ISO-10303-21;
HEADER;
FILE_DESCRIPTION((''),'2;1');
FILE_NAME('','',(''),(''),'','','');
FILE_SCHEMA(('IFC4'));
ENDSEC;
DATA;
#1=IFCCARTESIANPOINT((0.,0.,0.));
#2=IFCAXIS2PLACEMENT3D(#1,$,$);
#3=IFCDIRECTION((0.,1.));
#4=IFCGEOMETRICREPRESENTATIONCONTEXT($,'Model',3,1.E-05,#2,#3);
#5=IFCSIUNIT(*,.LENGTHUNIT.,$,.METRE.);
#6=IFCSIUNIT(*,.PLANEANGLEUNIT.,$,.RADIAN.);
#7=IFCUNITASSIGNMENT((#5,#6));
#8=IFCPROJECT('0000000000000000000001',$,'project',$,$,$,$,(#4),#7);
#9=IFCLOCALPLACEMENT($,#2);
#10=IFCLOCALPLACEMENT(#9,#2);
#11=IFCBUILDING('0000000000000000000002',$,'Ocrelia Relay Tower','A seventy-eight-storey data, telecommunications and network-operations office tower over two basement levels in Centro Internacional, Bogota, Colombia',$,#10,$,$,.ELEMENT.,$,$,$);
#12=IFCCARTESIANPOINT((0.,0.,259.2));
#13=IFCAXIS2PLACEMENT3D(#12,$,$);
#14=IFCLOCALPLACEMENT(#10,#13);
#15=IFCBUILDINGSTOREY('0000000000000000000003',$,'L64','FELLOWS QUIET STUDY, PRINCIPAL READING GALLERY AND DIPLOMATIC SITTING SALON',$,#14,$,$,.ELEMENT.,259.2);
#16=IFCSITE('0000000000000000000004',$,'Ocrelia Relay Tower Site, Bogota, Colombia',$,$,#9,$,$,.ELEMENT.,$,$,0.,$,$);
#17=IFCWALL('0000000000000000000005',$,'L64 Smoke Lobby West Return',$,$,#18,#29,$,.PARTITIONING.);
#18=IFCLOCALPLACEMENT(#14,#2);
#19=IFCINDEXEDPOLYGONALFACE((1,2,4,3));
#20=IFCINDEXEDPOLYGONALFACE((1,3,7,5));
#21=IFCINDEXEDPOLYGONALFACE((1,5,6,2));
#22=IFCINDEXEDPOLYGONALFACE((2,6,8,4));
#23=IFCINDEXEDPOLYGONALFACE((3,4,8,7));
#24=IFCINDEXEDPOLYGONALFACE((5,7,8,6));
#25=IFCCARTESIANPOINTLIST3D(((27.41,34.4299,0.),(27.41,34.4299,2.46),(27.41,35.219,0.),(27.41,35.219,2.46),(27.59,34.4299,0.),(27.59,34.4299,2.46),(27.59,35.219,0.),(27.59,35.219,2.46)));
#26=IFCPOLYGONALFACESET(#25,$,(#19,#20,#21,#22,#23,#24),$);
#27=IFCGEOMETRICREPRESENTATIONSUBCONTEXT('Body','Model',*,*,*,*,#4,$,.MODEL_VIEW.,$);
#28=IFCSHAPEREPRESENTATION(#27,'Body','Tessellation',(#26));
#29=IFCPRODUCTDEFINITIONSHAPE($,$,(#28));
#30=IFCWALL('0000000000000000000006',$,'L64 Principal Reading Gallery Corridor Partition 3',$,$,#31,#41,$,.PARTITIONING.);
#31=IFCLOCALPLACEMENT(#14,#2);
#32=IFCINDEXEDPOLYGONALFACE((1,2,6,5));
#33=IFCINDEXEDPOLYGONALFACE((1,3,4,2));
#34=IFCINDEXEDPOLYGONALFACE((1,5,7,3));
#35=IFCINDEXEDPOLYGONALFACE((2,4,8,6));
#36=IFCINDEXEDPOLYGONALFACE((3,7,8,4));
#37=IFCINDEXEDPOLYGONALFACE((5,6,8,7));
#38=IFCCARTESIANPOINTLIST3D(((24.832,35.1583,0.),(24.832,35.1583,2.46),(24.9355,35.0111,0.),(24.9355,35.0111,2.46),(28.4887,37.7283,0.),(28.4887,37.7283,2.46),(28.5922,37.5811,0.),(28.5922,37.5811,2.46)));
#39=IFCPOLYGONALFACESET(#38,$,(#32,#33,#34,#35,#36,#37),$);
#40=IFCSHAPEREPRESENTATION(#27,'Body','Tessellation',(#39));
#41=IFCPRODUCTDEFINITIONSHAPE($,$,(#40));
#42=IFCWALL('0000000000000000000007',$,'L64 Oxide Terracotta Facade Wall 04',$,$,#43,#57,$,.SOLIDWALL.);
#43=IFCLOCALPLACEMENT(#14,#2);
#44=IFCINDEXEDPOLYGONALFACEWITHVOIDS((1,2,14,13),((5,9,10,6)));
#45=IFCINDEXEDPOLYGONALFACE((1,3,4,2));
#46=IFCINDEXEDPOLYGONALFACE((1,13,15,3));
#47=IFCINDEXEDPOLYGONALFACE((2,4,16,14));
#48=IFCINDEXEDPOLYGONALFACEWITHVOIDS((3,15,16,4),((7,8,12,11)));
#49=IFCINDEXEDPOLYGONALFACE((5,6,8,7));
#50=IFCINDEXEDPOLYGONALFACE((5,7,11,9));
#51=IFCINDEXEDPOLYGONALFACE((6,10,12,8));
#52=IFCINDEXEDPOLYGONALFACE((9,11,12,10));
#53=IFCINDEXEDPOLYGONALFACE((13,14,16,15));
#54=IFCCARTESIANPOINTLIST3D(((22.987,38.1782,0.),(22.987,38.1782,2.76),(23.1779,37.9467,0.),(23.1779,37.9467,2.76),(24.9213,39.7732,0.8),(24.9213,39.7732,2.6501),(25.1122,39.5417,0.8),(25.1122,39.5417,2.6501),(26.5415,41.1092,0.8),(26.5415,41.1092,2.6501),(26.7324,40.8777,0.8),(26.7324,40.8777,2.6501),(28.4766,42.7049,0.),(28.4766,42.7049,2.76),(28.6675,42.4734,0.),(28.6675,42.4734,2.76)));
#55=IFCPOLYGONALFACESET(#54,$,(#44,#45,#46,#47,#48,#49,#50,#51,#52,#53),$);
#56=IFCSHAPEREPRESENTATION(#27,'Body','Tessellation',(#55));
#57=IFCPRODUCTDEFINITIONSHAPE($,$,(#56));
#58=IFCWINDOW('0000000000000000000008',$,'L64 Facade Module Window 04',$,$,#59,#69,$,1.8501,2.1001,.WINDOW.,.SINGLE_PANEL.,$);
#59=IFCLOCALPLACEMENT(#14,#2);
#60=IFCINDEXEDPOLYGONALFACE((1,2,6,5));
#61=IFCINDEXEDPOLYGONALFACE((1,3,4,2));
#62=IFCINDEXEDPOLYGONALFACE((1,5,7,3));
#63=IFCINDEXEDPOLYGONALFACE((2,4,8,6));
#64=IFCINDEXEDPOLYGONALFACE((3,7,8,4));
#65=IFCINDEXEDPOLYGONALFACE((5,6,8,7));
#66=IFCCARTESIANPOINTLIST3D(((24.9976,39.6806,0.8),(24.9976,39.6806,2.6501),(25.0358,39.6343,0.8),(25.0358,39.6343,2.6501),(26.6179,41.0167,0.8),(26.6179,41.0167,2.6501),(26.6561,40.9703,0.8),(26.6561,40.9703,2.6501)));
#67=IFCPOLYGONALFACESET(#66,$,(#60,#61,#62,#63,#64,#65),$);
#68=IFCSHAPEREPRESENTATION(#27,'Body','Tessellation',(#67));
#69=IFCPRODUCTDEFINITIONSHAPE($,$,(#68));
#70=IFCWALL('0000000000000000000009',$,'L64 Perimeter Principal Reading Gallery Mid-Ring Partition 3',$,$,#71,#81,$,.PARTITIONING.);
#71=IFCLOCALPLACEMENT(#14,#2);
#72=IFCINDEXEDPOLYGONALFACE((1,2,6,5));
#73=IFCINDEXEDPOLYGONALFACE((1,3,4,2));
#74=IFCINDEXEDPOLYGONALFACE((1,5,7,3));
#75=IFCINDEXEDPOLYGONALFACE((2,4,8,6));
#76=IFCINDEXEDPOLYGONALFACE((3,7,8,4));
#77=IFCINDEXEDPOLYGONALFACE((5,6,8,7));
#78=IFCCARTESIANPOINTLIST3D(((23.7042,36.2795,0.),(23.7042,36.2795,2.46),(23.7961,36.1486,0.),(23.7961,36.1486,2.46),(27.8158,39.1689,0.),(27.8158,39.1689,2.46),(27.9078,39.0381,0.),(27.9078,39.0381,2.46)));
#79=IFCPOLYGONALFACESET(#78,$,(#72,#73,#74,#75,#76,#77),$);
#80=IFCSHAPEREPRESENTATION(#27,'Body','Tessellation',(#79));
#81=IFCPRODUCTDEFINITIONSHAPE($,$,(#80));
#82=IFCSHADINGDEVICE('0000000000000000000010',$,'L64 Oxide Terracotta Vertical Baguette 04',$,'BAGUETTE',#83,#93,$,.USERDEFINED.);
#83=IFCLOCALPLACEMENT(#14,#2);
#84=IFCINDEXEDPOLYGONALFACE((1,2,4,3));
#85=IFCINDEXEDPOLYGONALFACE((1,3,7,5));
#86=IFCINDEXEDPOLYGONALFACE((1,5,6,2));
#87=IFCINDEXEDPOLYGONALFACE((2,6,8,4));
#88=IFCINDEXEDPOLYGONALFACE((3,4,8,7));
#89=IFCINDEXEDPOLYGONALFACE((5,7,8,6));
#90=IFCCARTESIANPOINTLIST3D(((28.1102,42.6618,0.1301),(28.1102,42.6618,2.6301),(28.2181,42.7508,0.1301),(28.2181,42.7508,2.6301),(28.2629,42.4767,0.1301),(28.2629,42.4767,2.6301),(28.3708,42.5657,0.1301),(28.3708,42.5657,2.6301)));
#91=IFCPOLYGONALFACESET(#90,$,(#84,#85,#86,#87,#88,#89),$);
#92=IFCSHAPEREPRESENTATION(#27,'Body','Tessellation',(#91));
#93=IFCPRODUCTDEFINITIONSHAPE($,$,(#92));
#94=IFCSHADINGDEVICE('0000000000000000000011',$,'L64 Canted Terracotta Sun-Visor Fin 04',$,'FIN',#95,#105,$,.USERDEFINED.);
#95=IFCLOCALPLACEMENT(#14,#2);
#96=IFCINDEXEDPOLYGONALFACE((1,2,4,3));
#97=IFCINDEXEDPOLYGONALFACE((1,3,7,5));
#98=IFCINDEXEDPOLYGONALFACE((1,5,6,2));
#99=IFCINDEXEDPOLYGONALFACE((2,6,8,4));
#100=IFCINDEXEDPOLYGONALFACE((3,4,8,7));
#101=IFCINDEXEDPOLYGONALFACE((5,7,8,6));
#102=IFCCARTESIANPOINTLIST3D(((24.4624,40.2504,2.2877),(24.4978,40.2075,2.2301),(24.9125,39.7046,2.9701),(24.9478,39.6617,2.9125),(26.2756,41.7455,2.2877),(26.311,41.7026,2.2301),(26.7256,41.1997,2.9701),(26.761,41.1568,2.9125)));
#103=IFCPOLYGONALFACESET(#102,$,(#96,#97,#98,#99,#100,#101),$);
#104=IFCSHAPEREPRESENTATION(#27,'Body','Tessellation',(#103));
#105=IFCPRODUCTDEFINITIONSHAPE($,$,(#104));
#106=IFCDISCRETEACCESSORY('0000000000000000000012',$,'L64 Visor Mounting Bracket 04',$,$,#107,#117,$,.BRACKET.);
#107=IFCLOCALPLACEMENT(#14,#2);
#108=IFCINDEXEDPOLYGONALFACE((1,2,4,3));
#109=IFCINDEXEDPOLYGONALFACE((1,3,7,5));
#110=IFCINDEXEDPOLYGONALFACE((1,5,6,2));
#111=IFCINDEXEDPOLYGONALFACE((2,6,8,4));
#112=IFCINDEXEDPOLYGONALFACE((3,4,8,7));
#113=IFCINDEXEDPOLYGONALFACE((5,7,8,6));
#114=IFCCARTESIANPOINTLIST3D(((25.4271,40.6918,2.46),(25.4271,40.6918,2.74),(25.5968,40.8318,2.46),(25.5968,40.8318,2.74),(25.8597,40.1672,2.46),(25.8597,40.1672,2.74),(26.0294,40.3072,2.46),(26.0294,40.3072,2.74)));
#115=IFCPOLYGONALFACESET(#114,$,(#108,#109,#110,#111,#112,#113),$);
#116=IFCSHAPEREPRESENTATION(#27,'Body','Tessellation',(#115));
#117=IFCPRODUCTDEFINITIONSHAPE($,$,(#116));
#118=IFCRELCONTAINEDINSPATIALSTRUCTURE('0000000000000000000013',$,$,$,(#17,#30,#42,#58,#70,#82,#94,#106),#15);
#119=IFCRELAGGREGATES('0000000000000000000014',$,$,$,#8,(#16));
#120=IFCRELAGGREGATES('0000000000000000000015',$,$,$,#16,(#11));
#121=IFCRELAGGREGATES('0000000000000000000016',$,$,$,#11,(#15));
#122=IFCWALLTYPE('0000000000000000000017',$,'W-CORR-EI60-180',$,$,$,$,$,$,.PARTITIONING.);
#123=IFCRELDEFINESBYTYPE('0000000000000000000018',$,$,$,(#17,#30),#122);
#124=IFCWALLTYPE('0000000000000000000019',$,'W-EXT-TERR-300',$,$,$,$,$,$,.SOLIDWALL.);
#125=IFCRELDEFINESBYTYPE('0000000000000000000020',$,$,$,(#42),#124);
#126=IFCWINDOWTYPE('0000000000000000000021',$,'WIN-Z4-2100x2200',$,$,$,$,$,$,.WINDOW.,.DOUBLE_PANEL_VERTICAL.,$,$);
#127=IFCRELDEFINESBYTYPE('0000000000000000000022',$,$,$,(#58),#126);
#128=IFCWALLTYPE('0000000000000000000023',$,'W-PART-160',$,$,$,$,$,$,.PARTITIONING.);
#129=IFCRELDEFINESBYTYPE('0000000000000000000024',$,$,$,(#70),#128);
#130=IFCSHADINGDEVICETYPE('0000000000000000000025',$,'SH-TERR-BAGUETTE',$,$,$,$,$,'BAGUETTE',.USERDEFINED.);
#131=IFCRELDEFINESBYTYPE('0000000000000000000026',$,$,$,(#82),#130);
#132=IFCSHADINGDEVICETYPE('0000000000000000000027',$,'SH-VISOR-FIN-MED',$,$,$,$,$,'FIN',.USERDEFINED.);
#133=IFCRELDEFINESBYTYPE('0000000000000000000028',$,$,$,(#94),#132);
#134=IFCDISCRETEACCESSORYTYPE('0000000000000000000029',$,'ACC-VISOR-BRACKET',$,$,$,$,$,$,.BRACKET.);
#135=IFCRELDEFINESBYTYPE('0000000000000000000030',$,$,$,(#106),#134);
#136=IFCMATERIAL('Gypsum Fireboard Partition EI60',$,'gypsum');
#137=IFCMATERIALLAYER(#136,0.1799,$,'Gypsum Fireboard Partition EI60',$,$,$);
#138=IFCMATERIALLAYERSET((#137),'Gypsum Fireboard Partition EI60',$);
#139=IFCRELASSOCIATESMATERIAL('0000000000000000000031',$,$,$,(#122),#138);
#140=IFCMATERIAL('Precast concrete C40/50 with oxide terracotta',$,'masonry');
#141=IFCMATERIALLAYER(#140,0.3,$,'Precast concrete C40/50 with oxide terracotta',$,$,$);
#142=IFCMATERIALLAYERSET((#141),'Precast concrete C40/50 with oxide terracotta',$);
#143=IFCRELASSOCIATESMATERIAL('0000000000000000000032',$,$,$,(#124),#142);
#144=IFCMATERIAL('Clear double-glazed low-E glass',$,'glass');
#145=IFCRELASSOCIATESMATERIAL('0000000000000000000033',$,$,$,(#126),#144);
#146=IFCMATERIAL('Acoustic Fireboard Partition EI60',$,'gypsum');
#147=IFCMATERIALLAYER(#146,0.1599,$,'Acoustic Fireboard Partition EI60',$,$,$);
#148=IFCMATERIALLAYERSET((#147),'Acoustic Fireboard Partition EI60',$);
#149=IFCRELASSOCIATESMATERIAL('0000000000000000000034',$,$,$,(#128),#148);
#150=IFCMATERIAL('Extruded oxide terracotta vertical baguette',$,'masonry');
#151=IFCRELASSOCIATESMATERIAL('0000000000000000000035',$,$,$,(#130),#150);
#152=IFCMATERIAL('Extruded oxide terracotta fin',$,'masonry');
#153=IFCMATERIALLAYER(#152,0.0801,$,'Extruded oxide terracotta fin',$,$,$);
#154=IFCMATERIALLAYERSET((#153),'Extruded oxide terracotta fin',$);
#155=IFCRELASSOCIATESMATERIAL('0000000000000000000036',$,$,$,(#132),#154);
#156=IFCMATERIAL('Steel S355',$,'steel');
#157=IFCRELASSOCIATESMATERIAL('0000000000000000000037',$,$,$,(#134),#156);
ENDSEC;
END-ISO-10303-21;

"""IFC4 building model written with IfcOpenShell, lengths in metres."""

from ifc_helpers import new_model, si_unit, direction, frame, frame_2d, origin, origin_2d, place, context, subcontext, project, spatial, rectangle, extrude, material, layer, layer_set, type_object, element, fill, save


model = new_model("IFC4")

# Units and contexts
model_context = context("Model", 3, precision=1e-05, world=origin(), true_north=direction((0.0, 1.0)))
body_context = subcontext(model_context, "Body", "Model", "MODEL_VIEW")
ifc_project = project(units=[si_unit("LENGTHUNIT", "METRE"), si_unit("PLANEANGLEUNIT", "RADIAN")], contexts=[model_context])

# Site, building, storey
site_placement = place(None, origin())
site = spatial("IfcSite", under=ifc_project, at=site_placement, Name="Ocrelia Relay Tower Site, Bogota, Colombia", CompositionType="ELEMENT", RefElevation=0.0)
building_placement = place(site_placement, origin())
building = spatial("IfcBuilding", under=site, at=building_placement, Name="Ocrelia Relay Tower", Description="A seventy-eight-storey data, telecommunications and network-operations office tower over two basement levels in Centro Internacional, Bogota, Colombia", CompositionType="ELEMENT")
storey_placement = place(building_placement, frame((0.0, 0.0, 259.2)))
storey = spatial("IfcBuildingStorey", under=building, at=storey_placement, Name="L64", Description="FELLOWS QUIET STUDY, PRINCIPAL READING GALLERY AND DIPLOMATIC SITTING SALON", CompositionType="ELEMENT", Elevation=259.2)

# Shared definitions
ifc_material_1 = material(Name="Steel S355", Category="steel")

# Wall
ifc_material_2 = material(Name="Gypsum Fireboard Partition EI60", Category="gypsum")
ifc_layer_1 = layer(ifc_material_2, 0.1799, Name="Gypsum Fireboard Partition EI60")
ifc_layer_set_1 = layer_set([ifc_layer_1], Name="Gypsum Fireboard Partition EI60")
wall_type_1 = type_object("IfcWallType", Name="W-CORR-EI60-180", PredefinedType="PARTITIONING", material=ifc_layer_set_1)
wall_1_placement = place(storey_placement, frame((27.5, 34.4299, 0.0), z_axis=(0.0, 0.0, 1.0), x_axis=(0.0, 1.0, 0.0)))
element("IfcWall", 1, at=wall_1_placement, inside=storey, type_object=wall_type_1, Name="L64 Smoke Lobby West Return", PredefinedType="PARTITIONING", context=body_context, shape_type="SweptSolid", body=[
    extrude(rectangle(XDim=0.7891, YDim=0.1799, at=frame_2d((0.3945, 0.0))), origin(), (0.0, 0.0, 1.0), 2.46),
])

# Wall
wall_2_placement = place(storey_placement, frame((28.5405, 37.6548, 0.0), z_axis=(0.0, 0.0, 1.0), x_axis=(-0.818142, -0.575016, 0.0)))
element("IfcWall", 2, at=wall_2_placement, inside=storey, type_object=wall_type_1, Name="L64 Principal Reading Gallery Corridor Partition 3", PredefinedType="PARTITIONING", context=body_context, shape_type="SweptSolid", body=[
    extrude(rectangle(XDim=4.4695, YDim=0.1799, at=frame_2d((2.2349, 0.0))), origin(), (0.0, 0.0, 1.0), 2.46),
])

# Wall, opening, window
ifc_material_3 = material(Name="Precast concrete C40/50 with oxide terracotta", Category="masonry")
ifc_layer_2 = layer(ifc_material_3, 0.3, Name="Precast concrete C40/50 with oxide terracotta")
ifc_layer_set_2 = layer_set([ifc_layer_2], Name="Precast concrete C40/50 with oxide terracotta")
wall_type_2 = type_object("IfcWallType", Name="W-EXT-TERR-300", PredefinedType="SOLIDWALL", material=ifc_layer_set_2)
wall_3_placement = place(storey_placement, frame((28.572, 42.5891, 0.0), z_axis=(0.0, 0.0, 1.0), x_axis=(-0.771527, -0.636197, 0.0)))
wall_3 = element("IfcWall", 3, at=wall_3_placement, inside=storey, type_object=wall_type_2, Name="L64 Oxide Terracotta Facade Wall 04", PredefinedType="SOLIDWALL", context=body_context, shape_type="SweptSolid", body=[
    extrude(rectangle(XDim=7.1152, YDim=0.3, at=frame_2d((3.5576, 0.0))), origin(), (0.0, 0.0, 1.0), 2.76),
])
opening_1_placement = place(wall_3_placement, frame((2.5081, 0.0, 0.8)))
opening_1 = element("IfcOpeningElement", 4, at=opening_1_placement, cuts=wall_3, PredefinedType="OPENING", context=body_context, shape_type="SweptSolid", body=[
    extrude(rectangle(XDim=2.1001, YDim=1.8501, at=frame_2d((1.05, 0.925))), frame((0.0, 0.1602, 0.0), z_axis=(0.0, -1.0, 0.0), x_axis=(1.0, 0.0, 0.0)), (0.0, 0.0, 1.0), 0.3201),
])
ifc_material_4 = material(Name="Clear double-glazed low-E glass", Category="glass")
window_type = type_object("IfcWindowType", Name="WIN-Z4-2100x2200", PartitioningType="DOUBLE_PANEL_VERTICAL", PredefinedType="WINDOW", material=ifc_material_4)
window_placement = place(opening_1_placement, origin())
window = element("IfcWindow", 5, at=window_placement, inside=storey, type_object=window_type, Name="L64 Facade Module Window 04", OverallHeight=1.8501, OverallWidth=2.1001, PartitioningType="SINGLE_PANEL", PredefinedType="WINDOW", context=body_context, shape_type="SweptSolid", body=[
    extrude(rectangle(XDim=2.1001, YDim=1.8501, at=frame_2d((1.05, 0.925))), frame((0.0, 0.03, 0.0), z_axis=(0.0, -1.0, 0.0), x_axis=(1.0, 0.0, 0.0)), (0.0, 0.0, 1.0), 0.0601),
])
fill(opening_1, window)

# Wall
ifc_material_5 = material(Name="Acoustic Fireboard Partition EI60", Category="gypsum")
ifc_layer_3 = layer(ifc_material_5, 0.1599, Name="Acoustic Fireboard Partition EI60")
ifc_layer_set_3 = layer_set([ifc_layer_3], Name="Acoustic Fireboard Partition EI60")
wall_type_3 = type_object("IfcWallType", Name="W-PART-160", PredefinedType="PARTITIONING", material=ifc_layer_set_3)
wall_4_placement = place(storey_placement, frame((27.8618, 39.1035, 0.0), z_axis=(0.0, 0.0, 1.0), x_axis=(-0.818174, -0.574971, 0.0)))
element("IfcWall", 6, at=wall_4_placement, inside=storey, type_object=wall_type_3, Name="L64 Perimeter Principal Reading Gallery Mid-Ring Partition 3", PredefinedType="PARTITIONING", context=body_context, shape_type="SweptSolid", body=[
    extrude(rectangle(XDim=5.0254, YDim=0.1599, at=frame_2d((2.5127, 0.0))), origin(), (0.0, 0.0, 1.0), 2.46),
])

# Shading devices
ifc_material_6 = material(Name="Extruded oxide terracotta vertical baguette", Category="masonry")
shading_device_type_1 = type_object("IfcShadingDeviceType", Name="SH-TERR-BAGUETTE", ElementType="BAGUETTE", PredefinedType="USERDEFINED", material=ifc_material_6)
shading_device_1_placement = place(storey_placement, frame((28.2405, 42.6138, 0.1301), z_axis=(0.0, 0.0, 1.0), x_axis=(-0.771528, -0.636196, 0.0)))
element("IfcShadingDevice", 7, at=shading_device_1_placement, inside=storey, type_object=shading_device_type_1, Name="L64 Oxide Terracotta Vertical Baguette 04", ObjectType="BAGUETTE", PredefinedType="USERDEFINED", context=body_context, shape_type="SweptSolid", body=[
    extrude(rectangle(XDim=0.1399, YDim=0.24, at=origin_2d()), origin(), (0.0, 0.0, 1.0), 2.5),
])
ifc_material_7 = material(Name="Extruded oxide terracotta fin", Category="masonry")
ifc_layer_4 = layer(ifc_material_7, 0.0801, Name="Extruded oxide terracotta fin")
ifc_layer_set_4 = layer_set([ifc_layer_4], Name="Extruded oxide terracotta fin")
shading_device_type_2 = type_object("IfcShadingDeviceType", Name="SH-VISOR-FIN-MED", ElementType="FIN", PredefinedType="USERDEFINED", material=ifc_layer_set_4)
shading_device_2_placement = place(storey_placement, frame((25.6294, 40.6821, 2.5713), z_axis=(-0.441699, 0.535657, 0.719703), x_axis=(-0.771528, -0.636196, 0.0)))
element("IfcShadingDevice", 8, at=shading_device_2_placement, inside=storey, type_object=shading_device_type_2, Name="L64 Canted Terracotta Sun-Visor Fin 04", ObjectType="FIN", PredefinedType="USERDEFINED", context=body_context, shape_type="SweptSolid", body=[
    extrude(rectangle(XDim=2.3501, YDim=0.9829, at=origin_2d()), origin(), (0.0, 0.0, 1.0), 0.0801),
])

# Discrete accessory
discrete_accessory_type = type_object("IfcDiscreteAccessoryType", Name="ACC-VISOR-BRACKET", PredefinedType="BRACKET", material=ifc_material_1)
discrete_accessory_placement = place(storey_placement, frame((25.7283, 40.4995, 2.46), z_axis=(0.0, 0.0, 1.0), x_axis=(-0.771528, -0.636196, 0.0)))
element("IfcDiscreteAccessory", 9, at=discrete_accessory_placement, inside=storey, type_object=discrete_accessory_type, Name="L64 Visor Mounting Bracket 04", PredefinedType="BRACKET", context=body_context, shape_type="SweptSolid", body=[
    extrude(rectangle(XDim=0.22, YDim=0.6799, at=origin_2d()), origin(), (0.0, 0.0, 1.0), 0.28),
])

save(model, "model.ifc")
